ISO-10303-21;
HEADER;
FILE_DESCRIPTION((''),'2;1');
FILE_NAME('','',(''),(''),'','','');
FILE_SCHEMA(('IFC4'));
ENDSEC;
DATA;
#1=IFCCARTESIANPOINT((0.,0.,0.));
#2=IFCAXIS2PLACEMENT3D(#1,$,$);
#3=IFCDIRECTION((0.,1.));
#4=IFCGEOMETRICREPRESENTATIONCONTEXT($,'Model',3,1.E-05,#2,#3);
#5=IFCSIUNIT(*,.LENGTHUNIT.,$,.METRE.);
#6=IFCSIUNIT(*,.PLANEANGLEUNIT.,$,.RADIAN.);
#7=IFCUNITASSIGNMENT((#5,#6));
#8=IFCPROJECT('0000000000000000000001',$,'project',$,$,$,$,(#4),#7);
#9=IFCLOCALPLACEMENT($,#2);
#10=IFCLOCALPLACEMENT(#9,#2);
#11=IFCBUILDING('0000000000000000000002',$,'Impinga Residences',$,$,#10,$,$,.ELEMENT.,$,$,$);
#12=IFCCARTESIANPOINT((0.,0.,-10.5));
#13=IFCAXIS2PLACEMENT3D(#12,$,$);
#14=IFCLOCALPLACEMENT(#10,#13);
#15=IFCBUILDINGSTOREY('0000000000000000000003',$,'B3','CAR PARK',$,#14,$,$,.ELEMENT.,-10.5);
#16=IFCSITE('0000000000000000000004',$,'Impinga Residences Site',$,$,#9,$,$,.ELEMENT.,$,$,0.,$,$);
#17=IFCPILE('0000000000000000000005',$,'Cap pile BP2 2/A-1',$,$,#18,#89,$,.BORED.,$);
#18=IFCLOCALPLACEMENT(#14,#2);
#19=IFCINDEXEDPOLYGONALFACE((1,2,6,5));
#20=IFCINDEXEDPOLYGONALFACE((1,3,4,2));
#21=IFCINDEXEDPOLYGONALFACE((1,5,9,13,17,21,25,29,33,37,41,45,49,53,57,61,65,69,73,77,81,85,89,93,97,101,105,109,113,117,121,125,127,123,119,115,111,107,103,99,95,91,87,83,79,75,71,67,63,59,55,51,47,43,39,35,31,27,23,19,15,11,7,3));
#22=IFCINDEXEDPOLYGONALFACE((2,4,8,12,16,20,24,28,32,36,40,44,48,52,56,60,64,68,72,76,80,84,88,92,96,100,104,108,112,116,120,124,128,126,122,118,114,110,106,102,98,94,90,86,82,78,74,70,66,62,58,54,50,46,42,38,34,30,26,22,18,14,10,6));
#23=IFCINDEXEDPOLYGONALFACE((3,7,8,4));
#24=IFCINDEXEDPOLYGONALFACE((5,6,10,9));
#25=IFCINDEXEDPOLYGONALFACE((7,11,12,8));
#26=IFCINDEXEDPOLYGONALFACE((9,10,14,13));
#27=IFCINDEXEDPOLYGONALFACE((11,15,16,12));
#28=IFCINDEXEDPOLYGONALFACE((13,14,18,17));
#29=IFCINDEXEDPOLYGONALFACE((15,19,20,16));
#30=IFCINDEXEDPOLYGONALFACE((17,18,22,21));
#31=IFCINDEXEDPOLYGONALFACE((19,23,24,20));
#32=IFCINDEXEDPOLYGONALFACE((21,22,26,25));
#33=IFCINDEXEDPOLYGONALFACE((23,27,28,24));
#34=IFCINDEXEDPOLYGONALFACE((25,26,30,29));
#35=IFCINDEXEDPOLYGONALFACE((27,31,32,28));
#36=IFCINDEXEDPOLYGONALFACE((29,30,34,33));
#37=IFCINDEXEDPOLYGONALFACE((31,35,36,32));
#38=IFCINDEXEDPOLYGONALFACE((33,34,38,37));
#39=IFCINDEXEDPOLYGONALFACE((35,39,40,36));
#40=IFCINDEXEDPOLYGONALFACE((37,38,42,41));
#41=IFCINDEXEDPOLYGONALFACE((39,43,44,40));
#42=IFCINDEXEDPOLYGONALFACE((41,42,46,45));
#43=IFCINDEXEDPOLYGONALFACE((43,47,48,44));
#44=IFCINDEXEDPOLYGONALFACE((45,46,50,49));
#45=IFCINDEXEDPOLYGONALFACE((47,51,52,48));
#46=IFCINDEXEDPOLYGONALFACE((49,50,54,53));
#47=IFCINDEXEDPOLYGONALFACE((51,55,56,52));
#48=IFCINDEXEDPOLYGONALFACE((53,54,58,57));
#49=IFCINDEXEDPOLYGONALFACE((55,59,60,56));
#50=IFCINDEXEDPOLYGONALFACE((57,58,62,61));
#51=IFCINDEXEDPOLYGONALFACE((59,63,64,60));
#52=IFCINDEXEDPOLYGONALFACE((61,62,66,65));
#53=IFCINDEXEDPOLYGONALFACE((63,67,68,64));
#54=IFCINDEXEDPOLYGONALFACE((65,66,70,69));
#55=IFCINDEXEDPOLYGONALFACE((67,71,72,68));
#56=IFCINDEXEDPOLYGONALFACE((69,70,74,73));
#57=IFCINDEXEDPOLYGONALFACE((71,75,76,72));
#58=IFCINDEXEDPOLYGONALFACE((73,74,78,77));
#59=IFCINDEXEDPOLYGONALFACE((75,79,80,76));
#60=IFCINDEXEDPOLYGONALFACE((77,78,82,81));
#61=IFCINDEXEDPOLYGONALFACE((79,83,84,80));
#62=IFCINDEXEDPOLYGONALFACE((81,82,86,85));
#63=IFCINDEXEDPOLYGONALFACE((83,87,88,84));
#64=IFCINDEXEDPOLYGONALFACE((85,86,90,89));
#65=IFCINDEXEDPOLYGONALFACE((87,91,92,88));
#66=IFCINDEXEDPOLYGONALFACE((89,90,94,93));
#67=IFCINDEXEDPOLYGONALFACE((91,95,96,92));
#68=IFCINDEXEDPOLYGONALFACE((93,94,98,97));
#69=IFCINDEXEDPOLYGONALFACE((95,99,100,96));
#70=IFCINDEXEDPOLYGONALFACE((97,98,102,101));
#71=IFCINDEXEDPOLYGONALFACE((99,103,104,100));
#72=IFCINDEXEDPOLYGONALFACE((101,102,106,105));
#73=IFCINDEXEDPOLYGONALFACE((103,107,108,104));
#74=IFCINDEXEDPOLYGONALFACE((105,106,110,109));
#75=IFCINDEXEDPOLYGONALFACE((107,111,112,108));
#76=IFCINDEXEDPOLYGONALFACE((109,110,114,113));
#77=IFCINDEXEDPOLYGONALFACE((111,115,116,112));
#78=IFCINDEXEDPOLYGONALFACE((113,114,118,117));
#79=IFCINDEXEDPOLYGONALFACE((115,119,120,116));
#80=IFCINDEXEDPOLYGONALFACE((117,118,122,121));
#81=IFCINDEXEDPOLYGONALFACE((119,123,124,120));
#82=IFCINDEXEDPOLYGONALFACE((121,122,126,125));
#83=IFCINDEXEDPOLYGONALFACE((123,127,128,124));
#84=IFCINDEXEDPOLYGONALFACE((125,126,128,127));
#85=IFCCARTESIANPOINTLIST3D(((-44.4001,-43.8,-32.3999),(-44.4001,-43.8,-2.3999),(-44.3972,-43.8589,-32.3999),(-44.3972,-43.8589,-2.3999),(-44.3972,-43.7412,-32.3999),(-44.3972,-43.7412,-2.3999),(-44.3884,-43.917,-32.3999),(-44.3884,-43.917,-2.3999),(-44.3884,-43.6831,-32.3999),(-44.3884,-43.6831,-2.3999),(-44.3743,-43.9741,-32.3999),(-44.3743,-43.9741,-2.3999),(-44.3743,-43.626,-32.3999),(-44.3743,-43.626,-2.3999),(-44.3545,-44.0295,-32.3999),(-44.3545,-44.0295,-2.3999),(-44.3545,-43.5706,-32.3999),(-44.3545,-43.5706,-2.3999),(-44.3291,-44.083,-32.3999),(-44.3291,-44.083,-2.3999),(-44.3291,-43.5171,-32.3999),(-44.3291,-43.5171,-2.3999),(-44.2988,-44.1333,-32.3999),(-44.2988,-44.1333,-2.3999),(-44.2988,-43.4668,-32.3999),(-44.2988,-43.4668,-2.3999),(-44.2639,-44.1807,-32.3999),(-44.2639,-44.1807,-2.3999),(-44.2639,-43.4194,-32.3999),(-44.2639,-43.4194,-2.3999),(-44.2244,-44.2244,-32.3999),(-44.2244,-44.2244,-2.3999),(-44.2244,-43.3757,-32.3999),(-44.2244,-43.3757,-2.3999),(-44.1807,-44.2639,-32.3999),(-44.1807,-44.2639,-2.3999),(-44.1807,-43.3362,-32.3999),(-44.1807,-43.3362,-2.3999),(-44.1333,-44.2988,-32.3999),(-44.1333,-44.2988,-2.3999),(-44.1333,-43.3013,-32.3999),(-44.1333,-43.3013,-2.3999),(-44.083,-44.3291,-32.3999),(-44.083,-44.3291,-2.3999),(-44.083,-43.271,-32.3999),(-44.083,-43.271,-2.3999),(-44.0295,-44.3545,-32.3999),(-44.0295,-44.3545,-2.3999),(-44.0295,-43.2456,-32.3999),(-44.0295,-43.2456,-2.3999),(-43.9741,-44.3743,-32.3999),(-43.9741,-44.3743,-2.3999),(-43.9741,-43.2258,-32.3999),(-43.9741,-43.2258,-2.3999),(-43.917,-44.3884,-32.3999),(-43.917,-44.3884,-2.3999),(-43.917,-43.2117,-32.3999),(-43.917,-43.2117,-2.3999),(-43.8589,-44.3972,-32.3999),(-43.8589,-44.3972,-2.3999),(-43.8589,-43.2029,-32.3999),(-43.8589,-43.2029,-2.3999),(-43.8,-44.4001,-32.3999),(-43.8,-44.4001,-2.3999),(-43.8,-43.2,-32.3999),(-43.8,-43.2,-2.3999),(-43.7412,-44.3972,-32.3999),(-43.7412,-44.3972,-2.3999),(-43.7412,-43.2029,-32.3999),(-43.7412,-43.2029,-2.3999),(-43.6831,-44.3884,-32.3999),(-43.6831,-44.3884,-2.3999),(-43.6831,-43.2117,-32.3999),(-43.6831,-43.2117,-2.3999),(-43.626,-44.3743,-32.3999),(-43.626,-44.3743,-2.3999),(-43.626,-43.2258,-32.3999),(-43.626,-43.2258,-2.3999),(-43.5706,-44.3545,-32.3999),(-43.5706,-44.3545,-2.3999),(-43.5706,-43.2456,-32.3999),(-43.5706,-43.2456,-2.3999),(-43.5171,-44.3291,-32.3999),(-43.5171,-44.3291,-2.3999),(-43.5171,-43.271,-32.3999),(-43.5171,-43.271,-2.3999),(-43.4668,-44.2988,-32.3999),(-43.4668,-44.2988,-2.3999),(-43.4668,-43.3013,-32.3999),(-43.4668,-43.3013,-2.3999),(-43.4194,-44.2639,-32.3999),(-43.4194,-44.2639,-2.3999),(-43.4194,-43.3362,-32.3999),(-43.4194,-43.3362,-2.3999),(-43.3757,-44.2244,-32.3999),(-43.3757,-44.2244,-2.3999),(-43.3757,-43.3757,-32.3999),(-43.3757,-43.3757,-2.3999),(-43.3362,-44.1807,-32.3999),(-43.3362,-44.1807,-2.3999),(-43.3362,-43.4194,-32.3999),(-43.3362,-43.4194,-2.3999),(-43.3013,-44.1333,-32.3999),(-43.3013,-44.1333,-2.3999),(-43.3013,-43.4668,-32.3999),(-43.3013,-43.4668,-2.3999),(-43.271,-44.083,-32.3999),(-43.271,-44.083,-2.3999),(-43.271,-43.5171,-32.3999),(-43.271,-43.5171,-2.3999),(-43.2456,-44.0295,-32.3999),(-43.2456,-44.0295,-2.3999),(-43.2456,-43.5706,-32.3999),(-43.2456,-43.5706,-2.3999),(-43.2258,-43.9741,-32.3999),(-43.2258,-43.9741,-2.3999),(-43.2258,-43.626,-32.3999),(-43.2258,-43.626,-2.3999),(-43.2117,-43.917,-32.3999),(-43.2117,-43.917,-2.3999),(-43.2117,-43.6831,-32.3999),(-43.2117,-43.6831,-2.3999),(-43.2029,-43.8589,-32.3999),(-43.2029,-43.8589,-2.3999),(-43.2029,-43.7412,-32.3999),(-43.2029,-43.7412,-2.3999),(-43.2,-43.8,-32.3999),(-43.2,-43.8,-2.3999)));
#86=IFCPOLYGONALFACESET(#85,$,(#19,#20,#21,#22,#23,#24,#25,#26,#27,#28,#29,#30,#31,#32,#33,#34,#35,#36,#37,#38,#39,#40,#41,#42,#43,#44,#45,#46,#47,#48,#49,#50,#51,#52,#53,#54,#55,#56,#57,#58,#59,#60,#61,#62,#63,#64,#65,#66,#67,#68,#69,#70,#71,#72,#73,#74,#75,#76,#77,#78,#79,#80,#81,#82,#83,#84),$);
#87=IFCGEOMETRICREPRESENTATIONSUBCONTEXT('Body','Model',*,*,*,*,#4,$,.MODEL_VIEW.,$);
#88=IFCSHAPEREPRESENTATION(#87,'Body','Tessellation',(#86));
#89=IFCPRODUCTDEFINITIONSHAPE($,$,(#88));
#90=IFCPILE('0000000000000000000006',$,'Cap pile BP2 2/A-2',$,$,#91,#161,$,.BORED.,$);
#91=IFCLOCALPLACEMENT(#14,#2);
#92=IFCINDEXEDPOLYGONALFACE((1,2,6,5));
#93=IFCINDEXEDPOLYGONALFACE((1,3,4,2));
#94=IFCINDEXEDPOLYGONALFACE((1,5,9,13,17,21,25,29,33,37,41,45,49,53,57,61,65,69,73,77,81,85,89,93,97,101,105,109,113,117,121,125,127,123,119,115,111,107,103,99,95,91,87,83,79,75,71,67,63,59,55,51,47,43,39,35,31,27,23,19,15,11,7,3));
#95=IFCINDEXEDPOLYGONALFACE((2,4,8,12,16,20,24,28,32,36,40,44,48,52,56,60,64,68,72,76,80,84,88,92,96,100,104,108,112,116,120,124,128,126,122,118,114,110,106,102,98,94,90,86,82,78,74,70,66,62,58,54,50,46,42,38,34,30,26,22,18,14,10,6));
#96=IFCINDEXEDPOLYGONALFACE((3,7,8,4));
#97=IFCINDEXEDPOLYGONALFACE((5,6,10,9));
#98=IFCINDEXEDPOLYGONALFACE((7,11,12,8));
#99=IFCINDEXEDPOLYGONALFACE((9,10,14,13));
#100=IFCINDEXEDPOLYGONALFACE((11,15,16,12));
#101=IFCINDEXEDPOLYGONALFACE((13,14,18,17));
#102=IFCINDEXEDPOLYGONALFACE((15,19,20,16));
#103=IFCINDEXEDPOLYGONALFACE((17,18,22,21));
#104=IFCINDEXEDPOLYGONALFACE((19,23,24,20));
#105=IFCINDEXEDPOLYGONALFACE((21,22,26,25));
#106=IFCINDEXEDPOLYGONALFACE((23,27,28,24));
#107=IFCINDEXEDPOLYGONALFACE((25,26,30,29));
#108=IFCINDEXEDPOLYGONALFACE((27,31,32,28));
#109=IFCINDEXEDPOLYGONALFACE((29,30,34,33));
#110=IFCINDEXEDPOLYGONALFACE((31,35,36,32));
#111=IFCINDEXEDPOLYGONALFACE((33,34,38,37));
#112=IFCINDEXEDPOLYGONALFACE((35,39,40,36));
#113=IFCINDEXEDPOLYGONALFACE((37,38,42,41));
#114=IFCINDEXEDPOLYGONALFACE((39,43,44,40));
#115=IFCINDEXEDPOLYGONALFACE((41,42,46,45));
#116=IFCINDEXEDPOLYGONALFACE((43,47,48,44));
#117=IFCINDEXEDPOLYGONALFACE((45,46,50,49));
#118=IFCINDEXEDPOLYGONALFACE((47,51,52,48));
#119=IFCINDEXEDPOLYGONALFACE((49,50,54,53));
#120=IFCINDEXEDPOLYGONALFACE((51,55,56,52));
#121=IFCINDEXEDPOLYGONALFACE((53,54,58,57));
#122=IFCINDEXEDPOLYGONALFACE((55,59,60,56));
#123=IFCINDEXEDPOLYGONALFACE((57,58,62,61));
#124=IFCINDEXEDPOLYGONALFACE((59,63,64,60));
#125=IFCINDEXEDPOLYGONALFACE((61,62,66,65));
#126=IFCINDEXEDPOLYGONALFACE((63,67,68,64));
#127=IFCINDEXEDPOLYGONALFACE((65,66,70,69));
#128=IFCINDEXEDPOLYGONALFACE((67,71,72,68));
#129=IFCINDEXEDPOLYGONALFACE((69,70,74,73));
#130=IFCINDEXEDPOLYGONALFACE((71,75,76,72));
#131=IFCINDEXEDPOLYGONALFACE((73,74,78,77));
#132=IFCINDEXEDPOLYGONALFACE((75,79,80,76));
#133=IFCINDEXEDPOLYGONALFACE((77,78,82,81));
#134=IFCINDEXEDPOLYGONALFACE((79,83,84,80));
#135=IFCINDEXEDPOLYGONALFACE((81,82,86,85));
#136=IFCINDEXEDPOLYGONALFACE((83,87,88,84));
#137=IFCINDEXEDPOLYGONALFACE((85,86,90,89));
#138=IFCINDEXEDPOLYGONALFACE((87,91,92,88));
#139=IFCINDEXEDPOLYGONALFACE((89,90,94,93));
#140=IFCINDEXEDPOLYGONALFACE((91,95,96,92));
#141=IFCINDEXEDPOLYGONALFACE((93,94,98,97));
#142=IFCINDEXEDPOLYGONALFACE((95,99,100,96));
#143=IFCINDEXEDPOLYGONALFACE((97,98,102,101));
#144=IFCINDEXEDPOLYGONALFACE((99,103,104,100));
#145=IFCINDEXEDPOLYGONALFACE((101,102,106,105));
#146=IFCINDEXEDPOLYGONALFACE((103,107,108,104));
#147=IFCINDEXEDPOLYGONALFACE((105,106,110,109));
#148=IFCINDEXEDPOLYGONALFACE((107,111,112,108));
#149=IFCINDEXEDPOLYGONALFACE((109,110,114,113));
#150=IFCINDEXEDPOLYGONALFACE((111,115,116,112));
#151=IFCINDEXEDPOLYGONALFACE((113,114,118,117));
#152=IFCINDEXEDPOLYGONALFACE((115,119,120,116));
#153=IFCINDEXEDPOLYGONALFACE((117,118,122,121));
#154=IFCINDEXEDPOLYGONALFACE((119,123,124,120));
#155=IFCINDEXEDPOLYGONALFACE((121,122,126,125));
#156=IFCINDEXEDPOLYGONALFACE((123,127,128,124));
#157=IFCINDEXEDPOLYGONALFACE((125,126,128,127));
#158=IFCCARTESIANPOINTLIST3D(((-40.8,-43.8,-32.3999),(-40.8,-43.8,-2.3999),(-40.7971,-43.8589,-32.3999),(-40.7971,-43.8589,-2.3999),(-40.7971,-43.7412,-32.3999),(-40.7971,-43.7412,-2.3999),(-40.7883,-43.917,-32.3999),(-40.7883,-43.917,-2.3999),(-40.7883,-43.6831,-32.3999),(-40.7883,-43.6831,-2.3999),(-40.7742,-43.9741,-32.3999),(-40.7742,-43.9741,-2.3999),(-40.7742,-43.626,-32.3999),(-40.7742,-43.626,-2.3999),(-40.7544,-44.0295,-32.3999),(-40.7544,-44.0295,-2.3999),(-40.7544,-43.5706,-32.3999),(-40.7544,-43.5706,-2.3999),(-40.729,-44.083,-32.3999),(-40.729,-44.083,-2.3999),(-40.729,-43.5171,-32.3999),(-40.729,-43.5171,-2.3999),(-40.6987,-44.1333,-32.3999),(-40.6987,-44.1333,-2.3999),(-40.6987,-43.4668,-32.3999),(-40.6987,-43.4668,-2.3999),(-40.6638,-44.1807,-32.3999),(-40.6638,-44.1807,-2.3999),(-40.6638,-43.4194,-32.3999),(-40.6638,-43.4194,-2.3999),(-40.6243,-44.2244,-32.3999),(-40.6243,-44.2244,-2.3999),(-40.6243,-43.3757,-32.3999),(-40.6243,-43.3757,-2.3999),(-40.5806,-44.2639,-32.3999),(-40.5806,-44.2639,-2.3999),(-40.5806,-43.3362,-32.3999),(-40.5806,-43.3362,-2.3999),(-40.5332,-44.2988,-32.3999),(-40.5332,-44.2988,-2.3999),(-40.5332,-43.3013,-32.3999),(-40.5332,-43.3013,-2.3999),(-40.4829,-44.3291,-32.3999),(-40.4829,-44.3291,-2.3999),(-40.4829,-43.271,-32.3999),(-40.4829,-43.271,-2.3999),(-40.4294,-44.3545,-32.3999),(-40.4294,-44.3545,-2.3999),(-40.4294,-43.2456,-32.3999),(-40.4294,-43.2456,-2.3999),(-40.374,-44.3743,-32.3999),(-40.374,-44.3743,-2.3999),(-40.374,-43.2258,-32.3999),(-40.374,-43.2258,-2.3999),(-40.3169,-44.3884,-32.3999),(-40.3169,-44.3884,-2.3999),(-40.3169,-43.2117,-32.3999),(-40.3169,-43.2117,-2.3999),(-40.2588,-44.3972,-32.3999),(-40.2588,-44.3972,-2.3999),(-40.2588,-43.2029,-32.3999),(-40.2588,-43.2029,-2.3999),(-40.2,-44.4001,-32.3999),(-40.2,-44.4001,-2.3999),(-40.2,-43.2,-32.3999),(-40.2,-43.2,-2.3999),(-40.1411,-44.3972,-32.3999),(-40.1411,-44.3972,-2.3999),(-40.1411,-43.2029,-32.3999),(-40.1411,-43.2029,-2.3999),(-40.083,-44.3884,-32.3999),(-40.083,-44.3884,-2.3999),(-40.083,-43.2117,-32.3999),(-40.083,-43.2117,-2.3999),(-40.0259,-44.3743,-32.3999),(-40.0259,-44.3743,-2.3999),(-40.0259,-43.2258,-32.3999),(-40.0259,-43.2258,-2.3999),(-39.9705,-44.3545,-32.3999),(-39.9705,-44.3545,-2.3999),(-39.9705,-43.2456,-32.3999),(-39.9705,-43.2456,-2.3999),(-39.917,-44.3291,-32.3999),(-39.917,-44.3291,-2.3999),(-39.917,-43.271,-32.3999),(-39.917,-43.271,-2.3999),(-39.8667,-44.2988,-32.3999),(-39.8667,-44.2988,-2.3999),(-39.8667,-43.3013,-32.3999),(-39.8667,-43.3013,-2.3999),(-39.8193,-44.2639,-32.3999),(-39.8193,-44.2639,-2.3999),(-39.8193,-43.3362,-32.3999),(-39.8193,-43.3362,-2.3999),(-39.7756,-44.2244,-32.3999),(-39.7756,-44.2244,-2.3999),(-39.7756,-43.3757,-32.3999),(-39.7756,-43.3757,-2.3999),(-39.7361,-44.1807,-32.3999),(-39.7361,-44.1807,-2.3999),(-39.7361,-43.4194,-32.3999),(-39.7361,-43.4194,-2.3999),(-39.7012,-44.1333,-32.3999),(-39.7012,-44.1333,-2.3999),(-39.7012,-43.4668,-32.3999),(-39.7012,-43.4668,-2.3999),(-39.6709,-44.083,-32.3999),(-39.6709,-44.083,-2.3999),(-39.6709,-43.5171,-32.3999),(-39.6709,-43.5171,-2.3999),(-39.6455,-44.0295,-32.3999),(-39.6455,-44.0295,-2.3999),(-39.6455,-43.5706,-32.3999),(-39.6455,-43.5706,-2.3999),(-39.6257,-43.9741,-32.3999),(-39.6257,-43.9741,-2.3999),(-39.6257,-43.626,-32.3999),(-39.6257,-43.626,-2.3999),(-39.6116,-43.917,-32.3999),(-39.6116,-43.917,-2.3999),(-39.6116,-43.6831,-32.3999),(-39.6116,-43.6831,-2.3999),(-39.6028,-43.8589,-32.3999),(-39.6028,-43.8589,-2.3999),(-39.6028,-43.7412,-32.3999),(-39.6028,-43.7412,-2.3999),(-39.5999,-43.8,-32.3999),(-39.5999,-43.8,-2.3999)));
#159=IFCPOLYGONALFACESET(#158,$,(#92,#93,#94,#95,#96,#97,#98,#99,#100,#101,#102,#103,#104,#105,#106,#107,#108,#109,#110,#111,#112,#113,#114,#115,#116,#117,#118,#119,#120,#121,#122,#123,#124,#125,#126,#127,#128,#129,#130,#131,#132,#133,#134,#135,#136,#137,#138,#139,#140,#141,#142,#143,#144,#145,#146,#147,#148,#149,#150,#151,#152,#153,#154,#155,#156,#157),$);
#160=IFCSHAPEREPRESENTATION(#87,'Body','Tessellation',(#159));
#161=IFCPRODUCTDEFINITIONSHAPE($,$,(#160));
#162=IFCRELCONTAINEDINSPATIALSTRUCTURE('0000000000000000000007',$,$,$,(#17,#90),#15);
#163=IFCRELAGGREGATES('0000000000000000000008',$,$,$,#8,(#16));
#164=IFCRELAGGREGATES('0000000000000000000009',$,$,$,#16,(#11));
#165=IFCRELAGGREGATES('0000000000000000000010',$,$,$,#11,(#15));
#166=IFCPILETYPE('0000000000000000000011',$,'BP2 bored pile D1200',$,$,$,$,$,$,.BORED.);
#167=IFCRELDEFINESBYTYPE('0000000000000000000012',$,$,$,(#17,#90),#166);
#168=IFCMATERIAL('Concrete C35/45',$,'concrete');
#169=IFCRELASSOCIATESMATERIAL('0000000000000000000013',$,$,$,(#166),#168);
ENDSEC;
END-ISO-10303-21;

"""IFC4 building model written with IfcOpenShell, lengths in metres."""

from ifc_helpers import new_model, si_unit, direction, frame, origin, origin_2d, place, context, subcontext, project, spatial, polyline, circle, outline, extrude, material, material_profile, profile_set, type_object, element, save


model = new_model("IFC4")

# Units and contexts
model_context = context("Model", 3, precision=1e-05, world=origin(), true_north=direction((0.0, 1.0)))
body_context = subcontext(model_context, "Body", "Model", "MODEL_VIEW")
ifc_project = project(units=[si_unit("LENGTHUNIT", "METRE"), si_unit("PLANEANGLEUNIT", "RADIAN")], contexts=[model_context])

# Site, building, storey
site_placement = place(None, origin())
site = spatial("IfcSite", under=ifc_project, at=site_placement, Name="Impinga Residences Site", CompositionType="ELEMENT", RefElevation=0.0)
building_placement = place(site_placement, origin())
building = spatial("IfcBuilding", under=site, at=building_placement, Name="Impinga Residences", CompositionType="ELEMENT")
storey_placement = place(building_placement, frame((0.0, 0.0, -10.5)))
storey = spatial("IfcBuildingStorey", under=building, at=storey_placement, Name="B3", Description="CAR PARK", CompositionType="ELEMENT", Elevation=-10.5)

# Piles
ifc_material_1 = material(Name="Concrete C35/45", Category="concrete")
ifc_material_profile_1 = material_profile(ifc_material_1, circle(Radius=0.6001, at=origin_2d()), Name="D1200")
ifc_profile_set_1 = profile_set([ifc_material_profile_1], Name="Concrete C35/45")
pile_type_1 = type_object("IfcPileType", Name="BP2 bored pile D1200", PredefinedType="BORED", material=ifc_profile_set_1)
pile_1_placement = place(storey_placement, frame((-43.8, -43.8, -2.3999), z_axis=(0.0, 0.0, -1.0), x_axis=(1.0, 0.0, 0.0)))
element("IfcPile", 1, at=pile_1_placement, inside=storey, type_object=pile_type_1, Name="Cap pile BP2 2/A-1", PredefinedType="BORED", context=body_context, shape_type="SweptSolid", body=[
    extrude(outline(polyline([(0.6001, 0.0), (0.5972, 0.0588), (0.5884, 0.1169), (0.5742, 0.1741), (0.5544, 0.2295), (0.5291, 0.283), (0.4988, 0.3333), (0.4639, 0.3806), (0.4243, 0.4243), (0.3806, 0.4639), (0.3333, 0.4988), (0.283, 0.5291), (0.2295, 0.5544), (0.1741, 0.5742), (0.1169, 0.5884), (0.0588, 0.5972), (0.0, 0.6001), (-0.0588, 0.5972), (-0.1169, 0.5884), (-0.1741, 0.5742), (-0.2295, 0.5544), (-0.283, 0.5291), (-0.3333, 0.4988), (-0.3806, 0.4639), (-0.4243, 0.4243), (-0.4639, 0.3806), (-0.4988, 0.3333), (-0.5291, 0.283), (-0.5544, 0.2295), (-0.5742, 0.1741), (-0.5884, 0.1169), (-0.5972, 0.0588), (-0.6001, 0.0), (-0.5972, -0.0588), (-0.5884, -0.1169), (-0.5742, -0.1741), (-0.5544, -0.2295), (-0.5291, -0.283), (-0.4988, -0.3333), (-0.4639, -0.3806), (-0.4243, -0.4243), (-0.3806, -0.4639), (-0.3333, -0.4988), (-0.283, -0.5291), (-0.2295, -0.5544), (-0.1741, -0.5742), (-0.1169, -0.5884), (-0.0588, -0.5972), (0.0, -0.6001), (0.0588, -0.5972), (0.1169, -0.5884), (0.1741, -0.5742), (0.2295, -0.5544), (0.283, -0.5291), (0.3333, -0.4988), (0.3806, -0.4639), (0.4243, -0.4243), (0.4639, -0.3806), (0.4988, -0.3333), (0.5291, -0.283), (0.5544, -0.2295), (0.5742, -0.1741), (0.5884, -0.1169), (0.5972, -0.0588), (0.6001, 0.0)])), origin(), (0.0, 0.0, 1.0), 30.0),
])
pile_2_placement = place(storey_placement, frame((-40.2, -43.8, -2.3999), z_axis=(0.0, 0.0, -1.0), x_axis=(1.0, 0.0, 0.0)))
element("IfcPile", 2, at=pile_2_placement, inside=storey, type_object=pile_type_1, Name="Cap pile BP2 2/A-2", PredefinedType="BORED", context=body_context, shape_type="SweptSolid", body=[
    extrude(outline(polyline([(0.6001, 0.0), (0.5972, 0.0588), (0.5884, 0.1169), (0.5742, 0.1741), (0.5544, 0.2295), (0.5291, 0.283), (0.4988, 0.3333), (0.4639, 0.3806), (0.4243, 0.4243), (0.3806, 0.4639), (0.3333, 0.4988), (0.283, 0.5291), (0.2295, 0.5544), (0.1741, 0.5742), (0.1169, 0.5884), (0.0588, 0.5972), (0.0, 0.6001), (-0.0588, 0.5972), (-0.1169, 0.5884), (-0.1741, 0.5742), (-0.2295, 0.5544), (-0.283, 0.5291), (-0.3333, 0.4988), (-0.3806, 0.4639), (-0.4243, 0.4243), (-0.4639, 0.3806), (-0.4988, 0.3333), (-0.5291, 0.283), (-0.5544, 0.2295), (-0.5742, 0.1741), (-0.5884, 0.1169), (-0.5972, 0.0588), (-0.6001, 0.0), (-0.5972, -0.0588), (-0.5884, -0.1169), (-0.5742, -0.1741), (-0.5544, -0.2295), (-0.5291, -0.283), (-0.4988, -0.3333), (-0.4639, -0.3806), (-0.4243, -0.4243), (-0.3806, -0.4639), (-0.3333, -0.4988), (-0.283, -0.5291), (-0.2295, -0.5544), (-0.1741, -0.5742), (-0.1169, -0.5884), (-0.0588, -0.5972), (0.0, -0.6001), (0.0588, -0.5972), (0.1169, -0.5884), (0.1741, -0.5742), (0.2295, -0.5544), (0.283, -0.5291), (0.3333, -0.4988), (0.3806, -0.4639), (0.4243, -0.4243), (0.4639, -0.3806), (0.4988, -0.3333), (0.5291, -0.283), (0.5544, -0.2295), (0.5742, -0.1741), (0.5884, -0.1169), (0.5972, -0.0588), (0.6001, 0.0)])), origin(), (0.0, 0.0, 1.0), 30.0),
])

save(model, "model.ifc")
